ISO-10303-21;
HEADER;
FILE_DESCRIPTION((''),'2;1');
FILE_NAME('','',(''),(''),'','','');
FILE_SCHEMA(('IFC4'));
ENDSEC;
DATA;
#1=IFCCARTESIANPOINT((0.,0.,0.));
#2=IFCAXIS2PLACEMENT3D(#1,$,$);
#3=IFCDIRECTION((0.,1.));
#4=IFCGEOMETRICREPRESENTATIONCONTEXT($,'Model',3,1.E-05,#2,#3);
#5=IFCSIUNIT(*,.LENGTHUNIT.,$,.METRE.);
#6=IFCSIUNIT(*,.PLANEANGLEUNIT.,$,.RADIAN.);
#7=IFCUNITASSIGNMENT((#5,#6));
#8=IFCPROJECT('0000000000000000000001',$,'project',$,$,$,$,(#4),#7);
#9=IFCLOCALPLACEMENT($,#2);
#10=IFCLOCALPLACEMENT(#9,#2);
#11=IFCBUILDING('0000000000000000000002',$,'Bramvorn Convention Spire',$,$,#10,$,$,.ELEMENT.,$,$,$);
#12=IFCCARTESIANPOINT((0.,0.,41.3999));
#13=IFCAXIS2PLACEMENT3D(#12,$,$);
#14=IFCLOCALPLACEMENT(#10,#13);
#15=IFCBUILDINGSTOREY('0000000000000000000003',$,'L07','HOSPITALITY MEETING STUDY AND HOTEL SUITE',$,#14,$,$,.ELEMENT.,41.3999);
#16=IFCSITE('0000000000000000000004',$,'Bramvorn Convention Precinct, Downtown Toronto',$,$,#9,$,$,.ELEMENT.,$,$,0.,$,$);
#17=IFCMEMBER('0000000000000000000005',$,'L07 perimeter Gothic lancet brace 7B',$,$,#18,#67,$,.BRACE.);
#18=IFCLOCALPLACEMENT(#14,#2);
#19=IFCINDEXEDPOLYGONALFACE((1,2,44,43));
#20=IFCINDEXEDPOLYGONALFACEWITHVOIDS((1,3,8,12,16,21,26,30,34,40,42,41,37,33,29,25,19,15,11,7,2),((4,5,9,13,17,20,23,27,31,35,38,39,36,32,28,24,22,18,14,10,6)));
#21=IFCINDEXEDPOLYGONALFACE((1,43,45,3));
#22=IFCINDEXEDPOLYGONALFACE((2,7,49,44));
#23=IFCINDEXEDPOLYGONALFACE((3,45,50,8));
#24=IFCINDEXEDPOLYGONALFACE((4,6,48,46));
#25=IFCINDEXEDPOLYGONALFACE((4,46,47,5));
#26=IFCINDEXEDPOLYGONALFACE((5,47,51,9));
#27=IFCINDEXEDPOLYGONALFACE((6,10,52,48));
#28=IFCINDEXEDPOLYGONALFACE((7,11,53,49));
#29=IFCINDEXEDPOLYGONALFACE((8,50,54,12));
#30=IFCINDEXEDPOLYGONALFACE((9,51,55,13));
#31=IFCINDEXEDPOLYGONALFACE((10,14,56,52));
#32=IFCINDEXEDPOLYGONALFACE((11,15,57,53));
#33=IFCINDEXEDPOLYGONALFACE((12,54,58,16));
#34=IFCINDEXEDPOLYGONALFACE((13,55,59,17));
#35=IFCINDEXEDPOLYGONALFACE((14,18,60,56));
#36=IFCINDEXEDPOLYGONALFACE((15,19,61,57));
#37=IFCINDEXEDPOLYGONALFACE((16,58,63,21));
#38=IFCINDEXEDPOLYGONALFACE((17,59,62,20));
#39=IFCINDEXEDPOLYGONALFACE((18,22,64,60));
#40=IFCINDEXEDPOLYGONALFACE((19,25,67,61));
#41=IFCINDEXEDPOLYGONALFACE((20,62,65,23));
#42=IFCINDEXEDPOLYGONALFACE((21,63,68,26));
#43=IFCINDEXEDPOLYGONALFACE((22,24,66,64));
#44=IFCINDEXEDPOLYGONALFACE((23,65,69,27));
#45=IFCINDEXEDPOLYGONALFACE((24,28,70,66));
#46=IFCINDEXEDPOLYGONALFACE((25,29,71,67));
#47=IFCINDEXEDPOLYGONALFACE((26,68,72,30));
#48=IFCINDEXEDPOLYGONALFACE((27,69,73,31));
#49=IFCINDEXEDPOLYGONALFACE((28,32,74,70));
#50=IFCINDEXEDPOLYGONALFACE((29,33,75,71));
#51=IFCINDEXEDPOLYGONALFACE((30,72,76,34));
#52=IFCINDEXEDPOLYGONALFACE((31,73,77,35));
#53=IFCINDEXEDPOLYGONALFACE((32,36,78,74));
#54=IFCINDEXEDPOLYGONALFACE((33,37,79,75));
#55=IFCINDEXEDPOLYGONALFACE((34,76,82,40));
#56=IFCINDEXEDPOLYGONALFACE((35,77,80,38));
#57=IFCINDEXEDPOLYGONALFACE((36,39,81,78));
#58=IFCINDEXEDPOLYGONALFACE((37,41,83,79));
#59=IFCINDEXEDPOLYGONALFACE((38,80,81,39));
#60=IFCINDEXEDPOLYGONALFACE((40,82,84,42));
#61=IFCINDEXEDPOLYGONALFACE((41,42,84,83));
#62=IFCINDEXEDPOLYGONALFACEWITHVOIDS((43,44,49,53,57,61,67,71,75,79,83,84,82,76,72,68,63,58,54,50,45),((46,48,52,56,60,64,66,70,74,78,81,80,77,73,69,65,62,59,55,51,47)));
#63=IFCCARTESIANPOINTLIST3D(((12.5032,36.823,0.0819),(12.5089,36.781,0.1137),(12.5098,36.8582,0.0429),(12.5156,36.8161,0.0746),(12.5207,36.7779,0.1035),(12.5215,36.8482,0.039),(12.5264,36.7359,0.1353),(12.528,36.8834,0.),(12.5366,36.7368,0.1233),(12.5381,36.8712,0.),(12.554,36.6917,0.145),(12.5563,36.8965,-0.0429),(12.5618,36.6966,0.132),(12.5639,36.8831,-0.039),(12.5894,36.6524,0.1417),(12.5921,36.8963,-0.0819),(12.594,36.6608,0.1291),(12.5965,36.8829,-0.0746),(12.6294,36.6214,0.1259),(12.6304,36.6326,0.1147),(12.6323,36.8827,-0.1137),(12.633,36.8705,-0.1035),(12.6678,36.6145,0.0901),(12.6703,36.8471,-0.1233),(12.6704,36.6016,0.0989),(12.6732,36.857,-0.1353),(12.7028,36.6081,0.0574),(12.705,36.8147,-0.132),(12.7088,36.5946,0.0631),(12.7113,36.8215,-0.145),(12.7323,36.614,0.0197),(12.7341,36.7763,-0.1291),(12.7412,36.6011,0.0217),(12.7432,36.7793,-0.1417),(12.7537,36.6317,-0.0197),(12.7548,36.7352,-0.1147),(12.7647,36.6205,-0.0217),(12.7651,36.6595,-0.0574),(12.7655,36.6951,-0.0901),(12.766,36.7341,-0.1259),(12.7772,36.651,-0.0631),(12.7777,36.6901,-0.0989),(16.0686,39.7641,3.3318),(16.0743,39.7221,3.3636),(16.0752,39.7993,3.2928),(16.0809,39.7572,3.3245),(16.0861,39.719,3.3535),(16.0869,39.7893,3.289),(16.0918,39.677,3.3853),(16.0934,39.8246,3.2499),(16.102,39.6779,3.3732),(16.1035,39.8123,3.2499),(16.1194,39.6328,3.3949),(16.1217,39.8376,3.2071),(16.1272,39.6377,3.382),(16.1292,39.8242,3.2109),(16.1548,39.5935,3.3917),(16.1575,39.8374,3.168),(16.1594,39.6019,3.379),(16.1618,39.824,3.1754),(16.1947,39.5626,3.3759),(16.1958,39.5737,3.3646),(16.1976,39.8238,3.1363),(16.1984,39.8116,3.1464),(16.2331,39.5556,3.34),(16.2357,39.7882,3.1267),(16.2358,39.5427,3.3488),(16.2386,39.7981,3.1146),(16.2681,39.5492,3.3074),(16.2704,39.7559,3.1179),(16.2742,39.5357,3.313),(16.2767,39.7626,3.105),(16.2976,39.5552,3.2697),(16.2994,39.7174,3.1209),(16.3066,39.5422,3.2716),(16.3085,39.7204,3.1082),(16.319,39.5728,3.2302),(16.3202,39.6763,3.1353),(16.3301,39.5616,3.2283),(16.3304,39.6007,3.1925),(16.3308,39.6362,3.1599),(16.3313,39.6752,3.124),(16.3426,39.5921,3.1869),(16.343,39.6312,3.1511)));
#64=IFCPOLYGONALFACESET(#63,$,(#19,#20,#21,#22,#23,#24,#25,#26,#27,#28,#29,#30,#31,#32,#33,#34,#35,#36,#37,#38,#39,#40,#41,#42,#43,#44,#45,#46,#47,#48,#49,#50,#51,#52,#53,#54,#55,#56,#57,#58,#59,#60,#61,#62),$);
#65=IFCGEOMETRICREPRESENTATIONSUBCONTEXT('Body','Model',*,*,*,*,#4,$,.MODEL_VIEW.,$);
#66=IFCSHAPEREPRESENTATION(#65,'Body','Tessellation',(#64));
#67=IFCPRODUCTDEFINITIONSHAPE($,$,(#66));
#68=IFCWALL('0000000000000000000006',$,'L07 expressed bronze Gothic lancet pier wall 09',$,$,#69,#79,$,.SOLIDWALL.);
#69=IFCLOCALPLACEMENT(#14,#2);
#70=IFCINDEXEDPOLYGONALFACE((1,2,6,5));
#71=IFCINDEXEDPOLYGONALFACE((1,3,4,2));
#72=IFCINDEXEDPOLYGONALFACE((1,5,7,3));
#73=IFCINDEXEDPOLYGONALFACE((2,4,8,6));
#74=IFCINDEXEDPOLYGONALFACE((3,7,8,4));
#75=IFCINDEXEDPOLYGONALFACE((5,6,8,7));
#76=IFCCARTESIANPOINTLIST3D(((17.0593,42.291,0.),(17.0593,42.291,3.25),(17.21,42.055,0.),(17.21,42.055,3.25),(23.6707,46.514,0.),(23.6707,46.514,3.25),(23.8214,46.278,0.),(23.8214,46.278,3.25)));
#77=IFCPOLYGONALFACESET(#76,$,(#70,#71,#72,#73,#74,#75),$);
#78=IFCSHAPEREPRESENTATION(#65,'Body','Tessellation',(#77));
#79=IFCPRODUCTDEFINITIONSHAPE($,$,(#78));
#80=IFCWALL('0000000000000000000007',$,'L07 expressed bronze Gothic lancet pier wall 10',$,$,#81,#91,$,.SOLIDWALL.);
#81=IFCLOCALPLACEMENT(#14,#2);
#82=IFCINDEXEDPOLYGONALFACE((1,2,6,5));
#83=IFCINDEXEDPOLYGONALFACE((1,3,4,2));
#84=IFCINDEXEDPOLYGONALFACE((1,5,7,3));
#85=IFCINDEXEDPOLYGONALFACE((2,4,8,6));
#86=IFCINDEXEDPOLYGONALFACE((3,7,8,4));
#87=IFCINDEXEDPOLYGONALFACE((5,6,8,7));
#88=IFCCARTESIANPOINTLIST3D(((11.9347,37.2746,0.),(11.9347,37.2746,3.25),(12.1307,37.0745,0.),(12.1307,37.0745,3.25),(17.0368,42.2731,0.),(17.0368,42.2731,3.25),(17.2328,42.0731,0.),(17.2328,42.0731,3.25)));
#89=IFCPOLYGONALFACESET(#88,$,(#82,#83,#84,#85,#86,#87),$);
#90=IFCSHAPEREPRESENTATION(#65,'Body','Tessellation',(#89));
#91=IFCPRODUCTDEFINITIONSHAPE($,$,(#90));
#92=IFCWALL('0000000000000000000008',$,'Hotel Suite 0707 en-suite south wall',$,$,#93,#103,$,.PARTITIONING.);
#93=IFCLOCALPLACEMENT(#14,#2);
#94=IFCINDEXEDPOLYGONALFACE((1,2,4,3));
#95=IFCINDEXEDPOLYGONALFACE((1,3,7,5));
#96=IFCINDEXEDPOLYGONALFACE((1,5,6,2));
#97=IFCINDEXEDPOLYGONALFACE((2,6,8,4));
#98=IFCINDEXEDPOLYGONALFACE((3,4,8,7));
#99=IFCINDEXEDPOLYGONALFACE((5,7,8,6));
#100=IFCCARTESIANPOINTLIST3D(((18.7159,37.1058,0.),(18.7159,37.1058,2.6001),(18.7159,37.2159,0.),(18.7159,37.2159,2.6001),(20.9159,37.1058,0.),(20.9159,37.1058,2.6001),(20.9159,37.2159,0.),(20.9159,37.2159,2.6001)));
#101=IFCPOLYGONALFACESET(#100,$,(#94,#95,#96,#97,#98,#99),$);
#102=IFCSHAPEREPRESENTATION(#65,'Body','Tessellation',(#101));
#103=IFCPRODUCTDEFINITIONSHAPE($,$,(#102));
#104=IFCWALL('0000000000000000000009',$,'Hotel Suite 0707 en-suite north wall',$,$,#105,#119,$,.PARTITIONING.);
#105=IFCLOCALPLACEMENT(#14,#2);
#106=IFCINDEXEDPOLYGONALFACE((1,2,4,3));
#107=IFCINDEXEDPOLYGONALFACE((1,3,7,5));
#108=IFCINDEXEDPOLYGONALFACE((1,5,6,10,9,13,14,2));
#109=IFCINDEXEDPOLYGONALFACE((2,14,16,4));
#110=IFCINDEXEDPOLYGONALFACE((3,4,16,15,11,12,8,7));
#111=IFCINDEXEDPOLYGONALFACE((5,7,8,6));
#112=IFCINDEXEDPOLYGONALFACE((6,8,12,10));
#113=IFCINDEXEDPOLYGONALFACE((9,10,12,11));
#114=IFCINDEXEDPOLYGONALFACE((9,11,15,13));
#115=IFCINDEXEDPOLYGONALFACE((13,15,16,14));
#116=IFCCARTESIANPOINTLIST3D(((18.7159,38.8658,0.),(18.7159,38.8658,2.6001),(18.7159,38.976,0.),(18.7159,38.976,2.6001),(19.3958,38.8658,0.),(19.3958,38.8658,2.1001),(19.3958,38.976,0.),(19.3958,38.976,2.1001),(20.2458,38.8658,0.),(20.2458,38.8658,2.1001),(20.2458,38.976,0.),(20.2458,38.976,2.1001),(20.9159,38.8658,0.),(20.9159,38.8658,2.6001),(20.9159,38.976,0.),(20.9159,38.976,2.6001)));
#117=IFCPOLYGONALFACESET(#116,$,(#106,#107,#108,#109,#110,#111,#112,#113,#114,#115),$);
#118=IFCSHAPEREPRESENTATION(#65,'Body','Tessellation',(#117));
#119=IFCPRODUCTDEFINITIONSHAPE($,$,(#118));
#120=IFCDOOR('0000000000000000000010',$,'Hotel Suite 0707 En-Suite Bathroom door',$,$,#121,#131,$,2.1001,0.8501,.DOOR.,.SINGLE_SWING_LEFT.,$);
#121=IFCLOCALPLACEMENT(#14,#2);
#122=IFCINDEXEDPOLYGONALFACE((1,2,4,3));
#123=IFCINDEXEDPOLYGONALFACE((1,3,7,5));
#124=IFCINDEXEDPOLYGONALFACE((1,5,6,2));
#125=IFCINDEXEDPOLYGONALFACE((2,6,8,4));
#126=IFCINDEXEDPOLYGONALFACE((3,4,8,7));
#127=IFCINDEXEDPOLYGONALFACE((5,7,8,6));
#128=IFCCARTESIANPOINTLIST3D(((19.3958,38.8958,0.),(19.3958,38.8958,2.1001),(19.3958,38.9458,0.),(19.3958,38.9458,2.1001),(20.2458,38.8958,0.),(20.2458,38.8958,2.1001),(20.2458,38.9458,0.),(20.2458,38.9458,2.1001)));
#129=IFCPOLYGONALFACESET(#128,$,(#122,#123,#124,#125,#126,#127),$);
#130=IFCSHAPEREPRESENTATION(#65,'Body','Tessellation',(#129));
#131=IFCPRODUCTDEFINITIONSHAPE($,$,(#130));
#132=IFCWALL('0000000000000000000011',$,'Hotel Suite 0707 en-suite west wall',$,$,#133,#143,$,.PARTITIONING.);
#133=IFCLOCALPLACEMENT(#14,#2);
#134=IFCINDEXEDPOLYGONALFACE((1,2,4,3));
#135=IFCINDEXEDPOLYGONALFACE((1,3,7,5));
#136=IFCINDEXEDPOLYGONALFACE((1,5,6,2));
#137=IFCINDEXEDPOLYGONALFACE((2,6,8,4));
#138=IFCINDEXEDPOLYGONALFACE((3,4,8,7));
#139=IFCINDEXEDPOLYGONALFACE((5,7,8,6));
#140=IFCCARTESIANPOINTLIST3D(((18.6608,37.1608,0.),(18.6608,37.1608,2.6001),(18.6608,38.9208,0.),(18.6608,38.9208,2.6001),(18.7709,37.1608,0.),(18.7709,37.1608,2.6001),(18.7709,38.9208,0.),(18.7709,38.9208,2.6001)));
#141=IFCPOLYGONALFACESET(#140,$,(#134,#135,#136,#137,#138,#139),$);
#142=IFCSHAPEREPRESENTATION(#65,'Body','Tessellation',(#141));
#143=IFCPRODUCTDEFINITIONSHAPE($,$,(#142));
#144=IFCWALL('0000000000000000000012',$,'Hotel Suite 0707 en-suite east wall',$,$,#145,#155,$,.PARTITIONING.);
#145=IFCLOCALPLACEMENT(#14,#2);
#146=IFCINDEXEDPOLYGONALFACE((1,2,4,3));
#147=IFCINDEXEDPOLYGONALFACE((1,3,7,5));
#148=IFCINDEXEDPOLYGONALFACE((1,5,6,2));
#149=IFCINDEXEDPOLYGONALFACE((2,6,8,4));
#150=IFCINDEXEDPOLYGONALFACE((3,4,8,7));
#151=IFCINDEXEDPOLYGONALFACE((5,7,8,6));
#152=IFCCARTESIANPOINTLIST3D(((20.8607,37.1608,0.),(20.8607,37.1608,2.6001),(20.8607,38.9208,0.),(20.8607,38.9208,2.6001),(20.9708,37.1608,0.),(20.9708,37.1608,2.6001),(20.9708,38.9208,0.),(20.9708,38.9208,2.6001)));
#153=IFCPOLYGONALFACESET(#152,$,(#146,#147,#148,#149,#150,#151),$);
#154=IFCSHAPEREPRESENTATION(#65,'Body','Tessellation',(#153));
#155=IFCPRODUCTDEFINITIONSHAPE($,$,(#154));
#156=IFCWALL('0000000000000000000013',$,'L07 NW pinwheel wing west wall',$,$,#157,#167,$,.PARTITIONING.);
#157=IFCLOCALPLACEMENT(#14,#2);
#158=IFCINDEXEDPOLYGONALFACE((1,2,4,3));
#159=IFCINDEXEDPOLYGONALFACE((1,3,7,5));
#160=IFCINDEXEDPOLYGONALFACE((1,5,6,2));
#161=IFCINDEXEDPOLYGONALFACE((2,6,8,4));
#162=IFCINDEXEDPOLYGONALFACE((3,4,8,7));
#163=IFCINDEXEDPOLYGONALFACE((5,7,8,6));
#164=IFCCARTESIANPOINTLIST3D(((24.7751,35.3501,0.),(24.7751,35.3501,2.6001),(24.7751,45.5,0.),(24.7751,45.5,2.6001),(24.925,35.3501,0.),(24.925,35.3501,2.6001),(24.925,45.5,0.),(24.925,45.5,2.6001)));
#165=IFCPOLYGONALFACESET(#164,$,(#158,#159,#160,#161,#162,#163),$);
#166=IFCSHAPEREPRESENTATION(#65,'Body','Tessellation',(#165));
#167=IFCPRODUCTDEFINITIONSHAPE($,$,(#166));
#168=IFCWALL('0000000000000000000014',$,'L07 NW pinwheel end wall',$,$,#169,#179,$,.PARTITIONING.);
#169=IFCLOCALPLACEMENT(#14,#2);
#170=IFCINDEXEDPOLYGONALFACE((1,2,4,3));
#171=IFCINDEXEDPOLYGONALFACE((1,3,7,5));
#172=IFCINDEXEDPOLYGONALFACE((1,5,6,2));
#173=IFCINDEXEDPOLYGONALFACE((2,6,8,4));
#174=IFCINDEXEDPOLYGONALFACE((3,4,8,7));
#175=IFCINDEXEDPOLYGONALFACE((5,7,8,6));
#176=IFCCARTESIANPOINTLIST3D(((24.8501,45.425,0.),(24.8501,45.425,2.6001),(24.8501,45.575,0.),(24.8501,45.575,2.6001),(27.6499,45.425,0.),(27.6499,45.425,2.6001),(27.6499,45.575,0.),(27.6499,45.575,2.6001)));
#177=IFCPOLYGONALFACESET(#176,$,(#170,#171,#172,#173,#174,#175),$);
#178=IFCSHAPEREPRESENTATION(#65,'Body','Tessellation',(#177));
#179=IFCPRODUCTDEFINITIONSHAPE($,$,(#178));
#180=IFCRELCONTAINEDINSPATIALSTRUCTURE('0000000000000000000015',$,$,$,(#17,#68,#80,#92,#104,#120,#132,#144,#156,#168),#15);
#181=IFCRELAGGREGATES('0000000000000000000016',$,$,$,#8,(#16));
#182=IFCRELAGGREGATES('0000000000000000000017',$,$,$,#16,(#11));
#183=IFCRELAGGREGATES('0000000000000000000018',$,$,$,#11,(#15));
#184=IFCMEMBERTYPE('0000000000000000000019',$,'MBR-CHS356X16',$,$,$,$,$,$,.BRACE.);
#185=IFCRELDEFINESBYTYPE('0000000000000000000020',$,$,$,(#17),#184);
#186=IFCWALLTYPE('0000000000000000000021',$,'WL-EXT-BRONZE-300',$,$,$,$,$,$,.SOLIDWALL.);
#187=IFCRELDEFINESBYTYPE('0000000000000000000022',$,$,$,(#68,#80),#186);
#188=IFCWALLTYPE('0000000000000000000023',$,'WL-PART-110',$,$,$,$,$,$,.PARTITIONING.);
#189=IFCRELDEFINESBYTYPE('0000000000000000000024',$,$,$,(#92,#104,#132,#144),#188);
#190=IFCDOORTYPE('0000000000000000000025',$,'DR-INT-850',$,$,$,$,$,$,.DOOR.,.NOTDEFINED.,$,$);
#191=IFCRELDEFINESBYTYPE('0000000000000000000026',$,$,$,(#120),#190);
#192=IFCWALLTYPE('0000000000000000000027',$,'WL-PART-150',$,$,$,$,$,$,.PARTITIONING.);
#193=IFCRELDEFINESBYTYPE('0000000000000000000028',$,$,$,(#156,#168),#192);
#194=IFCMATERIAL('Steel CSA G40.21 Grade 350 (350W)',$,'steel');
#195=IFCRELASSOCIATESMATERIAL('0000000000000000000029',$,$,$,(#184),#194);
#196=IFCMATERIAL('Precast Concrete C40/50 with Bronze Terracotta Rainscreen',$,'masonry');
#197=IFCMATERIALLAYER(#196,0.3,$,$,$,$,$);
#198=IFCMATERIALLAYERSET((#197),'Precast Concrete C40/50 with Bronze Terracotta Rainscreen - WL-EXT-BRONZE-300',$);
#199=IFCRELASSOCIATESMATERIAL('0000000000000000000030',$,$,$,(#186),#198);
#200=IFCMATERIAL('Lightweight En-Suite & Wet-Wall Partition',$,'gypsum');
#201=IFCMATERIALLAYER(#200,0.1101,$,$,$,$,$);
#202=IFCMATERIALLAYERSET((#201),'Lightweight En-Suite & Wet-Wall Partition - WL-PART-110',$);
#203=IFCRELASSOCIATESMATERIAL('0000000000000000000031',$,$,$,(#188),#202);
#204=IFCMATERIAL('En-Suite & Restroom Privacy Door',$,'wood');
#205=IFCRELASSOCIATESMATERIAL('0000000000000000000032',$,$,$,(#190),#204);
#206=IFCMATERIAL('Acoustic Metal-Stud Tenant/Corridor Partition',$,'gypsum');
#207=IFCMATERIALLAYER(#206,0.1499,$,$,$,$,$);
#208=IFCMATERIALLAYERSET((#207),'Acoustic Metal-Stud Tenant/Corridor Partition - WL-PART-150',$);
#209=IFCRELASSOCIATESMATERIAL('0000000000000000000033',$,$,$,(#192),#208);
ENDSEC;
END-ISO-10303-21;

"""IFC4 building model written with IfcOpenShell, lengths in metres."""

from ifc_helpers import new_model, si_unit, direction, frame, frame_2d, origin, origin_2d, place, context, subcontext, project, spatial, rectangle, hollow_circle, extrude, material, layer, layer_set, material_profile, profile_set, type_object, element, fill, save


model = new_model("IFC4")

# Units and contexts
model_context = context("Model", 3, precision=1e-05, world=origin(), true_north=direction((0.0, 1.0)))
body_context = subcontext(model_context, "Body", "Model", "MODEL_VIEW")
ifc_project = project(units=[si_unit("LENGTHUNIT", "METRE"), si_unit("PLANEANGLEUNIT", "RADIAN")], contexts=[model_context])

# Site, building, storey
site_placement = place(None, origin())
site = spatial("IfcSite", under=ifc_project, at=site_placement, Name="Bramvorn Convention Precinct, Downtown Toronto", CompositionType="ELEMENT", RefElevation=0.0)
building_placement = place(site_placement, origin())
building = spatial("IfcBuilding", under=site, at=building_placement, Name="Bramvorn Convention Spire", CompositionType="ELEMENT")
storey_placement = place(building_placement, frame((0.0, 0.0, 41.3999)))
storey = spatial("IfcBuildingStorey", under=building, at=storey_placement, Name="L07", Description="HOSPITALITY MEETING STUDY AND HOTEL SUITE", CompositionType="ELEMENT", Elevation=41.3999)

# Shared definitions
ifc_material_1 = material(Name="Steel CSA G40.21 Grade 350 (350W)", Category="steel")

# Member
ifc_material_profile_1 = material_profile(ifc_material_1, hollow_circle(Radius=0.1777, WallThickness=0.0159, at=origin_2d()))
ifc_profile_set_1 = profile_set([ifc_material_profile_1], Name="Steel CSA G40.21 Grade 350 (350W) - CHS356X16")
member_type_1 = type_object("IfcMemberType", Name="MBR-CHS356X16", PredefinedType="BRACE", material=ifc_profile_set_1)
member_1_placement = place(storey_placement, frame((12.6411, 36.7463, 0.0), z_axis=(0.631023, 0.520537, 0.575197), x_axis=(-0.636342, 0.771407, 0.0)))
element("IfcMember", 1, at=member_1_placement, inside=storey, type_object=member_type_1, Name="L07 perimeter Gothic lancet brace 7B", PredefinedType="BRACE", context=body_context, shape_type="SweptSolid", body=[
    extrude(hollow_circle(Radius=0.1777, WallThickness=0.0159, at=origin_2d()), origin(), (0.0, 0.0, 1.0), 5.6501),
])

# Walls
ifc_material_2 = material(Name="Precast Concrete C40/50 with Bronze Terracotta Rainscreen", Category="masonry")
ifc_layer_1 = layer(ifc_material_2, 0.3)
ifc_layer_set_1 = layer_set([ifc_layer_1], Name="Precast Concrete C40/50 with Bronze Terracotta Rainscreen - WL-EXT-BRONZE-300")
wall_type_1 = type_object("IfcWallType", Name="WL-EXT-BRONZE-300", PredefinedType="SOLIDWALL", material=ifc_layer_set_1)
wall_1_placement = place(storey_placement, frame((17.1348, 42.1731, 0.0), z_axis=(0.0, 0.0, 1.0), x_axis=(0.842754, 0.538298, 0.0)))
element("IfcWall", 2, at=wall_1_placement, inside=storey, type_object=wall_type_1, Name="L07 expressed bronze Gothic lancet pier wall 09", PredefinedType="SOLIDWALL", context=body_context, shape_type="SweptSolid", body=[
    extrude(rectangle(XDim=7.845, YDim=0.28, at=frame_2d((3.9224, 0.0))), origin(), (0.0, 0.0, 1.0), 3.25),
])
wall_2_placement = place(storey_placement, frame((12.0327, 37.1746, 0.0), z_axis=(0.0, 0.0, 1.0), x_axis=(0.714316, 0.699823, 0.0)))
element("IfcWall", 3, at=wall_2_placement, inside=storey, type_object=wall_type_1, Name="L07 expressed bronze Gothic lancet pier wall 10", PredefinedType="SOLIDWALL", context=body_context, shape_type="SweptSolid", body=[
    extrude(rectangle(XDim=7.1426, YDim=0.28, at=frame_2d((3.5713, 0.0))), origin(), (0.0, 0.0, 1.0), 3.25),
])
ifc_material_3 = material(Name="Lightweight En-Suite & Wet-Wall Partition", Category="gypsum")
ifc_layer_2 = layer(ifc_material_3, 0.1101)
ifc_layer_set_2 = layer_set([ifc_layer_2], Name="Lightweight En-Suite & Wet-Wall Partition - WL-PART-110")
wall_type_2 = type_object("IfcWallType", Name="WL-PART-110", PredefinedType="PARTITIONING", material=ifc_layer_set_2)
wall_3_placement = place(storey_placement, frame((18.7158, 37.1609, 0.0), z_axis=(0.0, 0.0, 1.0), x_axis=(1.0, 0.0, 0.0)))
element("IfcWall", 4, at=wall_3_placement, inside=storey, type_object=wall_type_2, Name="Hotel Suite 0707 en-suite south wall", PredefinedType="PARTITIONING", context=body_context, shape_type="SweptSolid", body=[
    extrude(rectangle(XDim=2.2, YDim=0.1101, at=frame_2d((1.1001, 0.0))), origin(), (0.0, 0.0, 1.0), 2.6001),
])

# Wall, opening, door
wall_4_placement = place(storey_placement, frame((18.7158, 38.9209, 0.0), z_axis=(0.0, 0.0, 1.0), x_axis=(1.0, 0.0, 0.0)))
wall_4 = element("IfcWall", 5, at=wall_4_placement, inside=storey, type_object=wall_type_2, Name="Hotel Suite 0707 en-suite north wall", PredefinedType="PARTITIONING", context=body_context, shape_type="SweptSolid", body=[
    extrude(rectangle(XDim=2.2, YDim=0.1101, at=frame_2d((1.1001, 0.0))), origin(), (0.0, 0.0, 1.0), 2.6001),
])
opening_placement = place(wall_4_placement, frame((0.6799, 0.0, 0.0)))
opening = element("IfcOpeningElement", 6, at=opening_placement, cuts=wall_4, PredefinedType="OPENING", context=body_context, shape_type="SweptSolid", body=[
    extrude(rectangle(XDim=0.8501, YDim=2.1001, at=frame_2d((0.425, 1.05))), frame((0.0, 0.0649, 0.0), z_axis=(0.0, -1.0, 0.0), x_axis=(1.0, 0.0, 0.0)), (0.0, 0.0, 1.0), 0.1301),
])
ifc_material_4 = material(Name="En-Suite & Restroom Privacy Door", Category="wood")
door_type = type_object("IfcDoorType", Name="DR-INT-850", OperationType="NOTDEFINED", PredefinedType="DOOR", material=ifc_material_4)
door_placement = place(opening_placement, origin())
door = element("IfcDoor", 7, at=door_placement, inside=storey, type_object=door_type, Name="Hotel Suite 0707 En-Suite Bathroom door", OperationType="SINGLE_SWING_LEFT", OverallHeight=2.1001, OverallWidth=0.8501, PredefinedType="DOOR", context=body_context, shape_type="SweptSolid", body=[
    extrude(rectangle(XDim=0.8501, YDim=2.1001, at=frame_2d((0.425, 1.05))), frame((0.0, 0.0249, 0.0), z_axis=(0.0, -1.0, 0.0), x_axis=(1.0, 0.0, 0.0)), (0.0, 0.0, 1.0), 0.05),
])
fill(opening, door)

# Walls
for number, where, z_axis, x_axis, name in (
    (8, (18.7158, 37.1609, 0.0), (0.0, 0.0, 1.0), (0.0, 1.0, 0.0), "Hotel Suite 0707 en-suite west wall"),
    (9, (20.9158, 37.1609, 0.0), (0.0, 0.0, 1.0), (0.0, 1.0, 0.0), "Hotel Suite 0707 en-suite east wall"),
):
    element("IfcWall", number, at=place(storey_placement, frame(where, z_axis=z_axis, x_axis=x_axis)), inside=storey, type_object=wall_type_2, Name=name, PredefinedType="PARTITIONING", context=body_context, shape_type="SweptSolid", body=[
        extrude(rectangle(XDim=1.76, YDim=0.1101, at=frame_2d((0.8799, 0.0))), origin(), (0.0, 0.0, 1.0), 2.6001),
    ])
ifc_material_5 = material(Name="Acoustic Metal-Stud Tenant/Corridor Partition", Category="gypsum")
ifc_layer_3 = layer(ifc_material_5, 0.1499)
ifc_layer_set_3 = layer_set([ifc_layer_3], Name="Acoustic Metal-Stud Tenant/Corridor Partition - WL-PART-150")
wall_type_3 = type_object("IfcWallType", Name="WL-PART-150", PredefinedType="PARTITIONING", material=ifc_layer_set_3)
wall_5_placement = place(storey_placement, frame((24.8501, 35.3501, 0.0), z_axis=(0.0, 0.0, 1.0), x_axis=(0.0, 1.0, 0.0)))
element("IfcWall", 10, at=wall_5_placement, inside=storey, type_object=wall_type_3, Name="L07 NW pinwheel wing west wall", PredefinedType="PARTITIONING", context=body_context, shape_type="SweptSolid", body=[
    extrude(rectangle(XDim=10.1499, YDim=0.1499, at=frame_2d((5.075, 0.0))), origin(), (0.0, 0.0, 1.0), 2.6001),
])
wall_6_placement = place(storey_placement, frame((24.8501, 45.5, 0.0), z_axis=(0.0, 0.0, 1.0), x_axis=(1.0, 0.0, 0.0)))
element("IfcWall", 11, at=wall_6_placement, inside=storey, type_object=wall_type_3, Name="L07 NW pinwheel end wall", PredefinedType="PARTITIONING", context=body_context, shape_type="SweptSolid", body=[
    extrude(rectangle(XDim=2.7998, YDim=0.1499, at=frame_2d((1.3999, 0.0))), origin(), (0.0, 0.0, 1.0), 2.6001),
])

save(model, "model.ifc")
